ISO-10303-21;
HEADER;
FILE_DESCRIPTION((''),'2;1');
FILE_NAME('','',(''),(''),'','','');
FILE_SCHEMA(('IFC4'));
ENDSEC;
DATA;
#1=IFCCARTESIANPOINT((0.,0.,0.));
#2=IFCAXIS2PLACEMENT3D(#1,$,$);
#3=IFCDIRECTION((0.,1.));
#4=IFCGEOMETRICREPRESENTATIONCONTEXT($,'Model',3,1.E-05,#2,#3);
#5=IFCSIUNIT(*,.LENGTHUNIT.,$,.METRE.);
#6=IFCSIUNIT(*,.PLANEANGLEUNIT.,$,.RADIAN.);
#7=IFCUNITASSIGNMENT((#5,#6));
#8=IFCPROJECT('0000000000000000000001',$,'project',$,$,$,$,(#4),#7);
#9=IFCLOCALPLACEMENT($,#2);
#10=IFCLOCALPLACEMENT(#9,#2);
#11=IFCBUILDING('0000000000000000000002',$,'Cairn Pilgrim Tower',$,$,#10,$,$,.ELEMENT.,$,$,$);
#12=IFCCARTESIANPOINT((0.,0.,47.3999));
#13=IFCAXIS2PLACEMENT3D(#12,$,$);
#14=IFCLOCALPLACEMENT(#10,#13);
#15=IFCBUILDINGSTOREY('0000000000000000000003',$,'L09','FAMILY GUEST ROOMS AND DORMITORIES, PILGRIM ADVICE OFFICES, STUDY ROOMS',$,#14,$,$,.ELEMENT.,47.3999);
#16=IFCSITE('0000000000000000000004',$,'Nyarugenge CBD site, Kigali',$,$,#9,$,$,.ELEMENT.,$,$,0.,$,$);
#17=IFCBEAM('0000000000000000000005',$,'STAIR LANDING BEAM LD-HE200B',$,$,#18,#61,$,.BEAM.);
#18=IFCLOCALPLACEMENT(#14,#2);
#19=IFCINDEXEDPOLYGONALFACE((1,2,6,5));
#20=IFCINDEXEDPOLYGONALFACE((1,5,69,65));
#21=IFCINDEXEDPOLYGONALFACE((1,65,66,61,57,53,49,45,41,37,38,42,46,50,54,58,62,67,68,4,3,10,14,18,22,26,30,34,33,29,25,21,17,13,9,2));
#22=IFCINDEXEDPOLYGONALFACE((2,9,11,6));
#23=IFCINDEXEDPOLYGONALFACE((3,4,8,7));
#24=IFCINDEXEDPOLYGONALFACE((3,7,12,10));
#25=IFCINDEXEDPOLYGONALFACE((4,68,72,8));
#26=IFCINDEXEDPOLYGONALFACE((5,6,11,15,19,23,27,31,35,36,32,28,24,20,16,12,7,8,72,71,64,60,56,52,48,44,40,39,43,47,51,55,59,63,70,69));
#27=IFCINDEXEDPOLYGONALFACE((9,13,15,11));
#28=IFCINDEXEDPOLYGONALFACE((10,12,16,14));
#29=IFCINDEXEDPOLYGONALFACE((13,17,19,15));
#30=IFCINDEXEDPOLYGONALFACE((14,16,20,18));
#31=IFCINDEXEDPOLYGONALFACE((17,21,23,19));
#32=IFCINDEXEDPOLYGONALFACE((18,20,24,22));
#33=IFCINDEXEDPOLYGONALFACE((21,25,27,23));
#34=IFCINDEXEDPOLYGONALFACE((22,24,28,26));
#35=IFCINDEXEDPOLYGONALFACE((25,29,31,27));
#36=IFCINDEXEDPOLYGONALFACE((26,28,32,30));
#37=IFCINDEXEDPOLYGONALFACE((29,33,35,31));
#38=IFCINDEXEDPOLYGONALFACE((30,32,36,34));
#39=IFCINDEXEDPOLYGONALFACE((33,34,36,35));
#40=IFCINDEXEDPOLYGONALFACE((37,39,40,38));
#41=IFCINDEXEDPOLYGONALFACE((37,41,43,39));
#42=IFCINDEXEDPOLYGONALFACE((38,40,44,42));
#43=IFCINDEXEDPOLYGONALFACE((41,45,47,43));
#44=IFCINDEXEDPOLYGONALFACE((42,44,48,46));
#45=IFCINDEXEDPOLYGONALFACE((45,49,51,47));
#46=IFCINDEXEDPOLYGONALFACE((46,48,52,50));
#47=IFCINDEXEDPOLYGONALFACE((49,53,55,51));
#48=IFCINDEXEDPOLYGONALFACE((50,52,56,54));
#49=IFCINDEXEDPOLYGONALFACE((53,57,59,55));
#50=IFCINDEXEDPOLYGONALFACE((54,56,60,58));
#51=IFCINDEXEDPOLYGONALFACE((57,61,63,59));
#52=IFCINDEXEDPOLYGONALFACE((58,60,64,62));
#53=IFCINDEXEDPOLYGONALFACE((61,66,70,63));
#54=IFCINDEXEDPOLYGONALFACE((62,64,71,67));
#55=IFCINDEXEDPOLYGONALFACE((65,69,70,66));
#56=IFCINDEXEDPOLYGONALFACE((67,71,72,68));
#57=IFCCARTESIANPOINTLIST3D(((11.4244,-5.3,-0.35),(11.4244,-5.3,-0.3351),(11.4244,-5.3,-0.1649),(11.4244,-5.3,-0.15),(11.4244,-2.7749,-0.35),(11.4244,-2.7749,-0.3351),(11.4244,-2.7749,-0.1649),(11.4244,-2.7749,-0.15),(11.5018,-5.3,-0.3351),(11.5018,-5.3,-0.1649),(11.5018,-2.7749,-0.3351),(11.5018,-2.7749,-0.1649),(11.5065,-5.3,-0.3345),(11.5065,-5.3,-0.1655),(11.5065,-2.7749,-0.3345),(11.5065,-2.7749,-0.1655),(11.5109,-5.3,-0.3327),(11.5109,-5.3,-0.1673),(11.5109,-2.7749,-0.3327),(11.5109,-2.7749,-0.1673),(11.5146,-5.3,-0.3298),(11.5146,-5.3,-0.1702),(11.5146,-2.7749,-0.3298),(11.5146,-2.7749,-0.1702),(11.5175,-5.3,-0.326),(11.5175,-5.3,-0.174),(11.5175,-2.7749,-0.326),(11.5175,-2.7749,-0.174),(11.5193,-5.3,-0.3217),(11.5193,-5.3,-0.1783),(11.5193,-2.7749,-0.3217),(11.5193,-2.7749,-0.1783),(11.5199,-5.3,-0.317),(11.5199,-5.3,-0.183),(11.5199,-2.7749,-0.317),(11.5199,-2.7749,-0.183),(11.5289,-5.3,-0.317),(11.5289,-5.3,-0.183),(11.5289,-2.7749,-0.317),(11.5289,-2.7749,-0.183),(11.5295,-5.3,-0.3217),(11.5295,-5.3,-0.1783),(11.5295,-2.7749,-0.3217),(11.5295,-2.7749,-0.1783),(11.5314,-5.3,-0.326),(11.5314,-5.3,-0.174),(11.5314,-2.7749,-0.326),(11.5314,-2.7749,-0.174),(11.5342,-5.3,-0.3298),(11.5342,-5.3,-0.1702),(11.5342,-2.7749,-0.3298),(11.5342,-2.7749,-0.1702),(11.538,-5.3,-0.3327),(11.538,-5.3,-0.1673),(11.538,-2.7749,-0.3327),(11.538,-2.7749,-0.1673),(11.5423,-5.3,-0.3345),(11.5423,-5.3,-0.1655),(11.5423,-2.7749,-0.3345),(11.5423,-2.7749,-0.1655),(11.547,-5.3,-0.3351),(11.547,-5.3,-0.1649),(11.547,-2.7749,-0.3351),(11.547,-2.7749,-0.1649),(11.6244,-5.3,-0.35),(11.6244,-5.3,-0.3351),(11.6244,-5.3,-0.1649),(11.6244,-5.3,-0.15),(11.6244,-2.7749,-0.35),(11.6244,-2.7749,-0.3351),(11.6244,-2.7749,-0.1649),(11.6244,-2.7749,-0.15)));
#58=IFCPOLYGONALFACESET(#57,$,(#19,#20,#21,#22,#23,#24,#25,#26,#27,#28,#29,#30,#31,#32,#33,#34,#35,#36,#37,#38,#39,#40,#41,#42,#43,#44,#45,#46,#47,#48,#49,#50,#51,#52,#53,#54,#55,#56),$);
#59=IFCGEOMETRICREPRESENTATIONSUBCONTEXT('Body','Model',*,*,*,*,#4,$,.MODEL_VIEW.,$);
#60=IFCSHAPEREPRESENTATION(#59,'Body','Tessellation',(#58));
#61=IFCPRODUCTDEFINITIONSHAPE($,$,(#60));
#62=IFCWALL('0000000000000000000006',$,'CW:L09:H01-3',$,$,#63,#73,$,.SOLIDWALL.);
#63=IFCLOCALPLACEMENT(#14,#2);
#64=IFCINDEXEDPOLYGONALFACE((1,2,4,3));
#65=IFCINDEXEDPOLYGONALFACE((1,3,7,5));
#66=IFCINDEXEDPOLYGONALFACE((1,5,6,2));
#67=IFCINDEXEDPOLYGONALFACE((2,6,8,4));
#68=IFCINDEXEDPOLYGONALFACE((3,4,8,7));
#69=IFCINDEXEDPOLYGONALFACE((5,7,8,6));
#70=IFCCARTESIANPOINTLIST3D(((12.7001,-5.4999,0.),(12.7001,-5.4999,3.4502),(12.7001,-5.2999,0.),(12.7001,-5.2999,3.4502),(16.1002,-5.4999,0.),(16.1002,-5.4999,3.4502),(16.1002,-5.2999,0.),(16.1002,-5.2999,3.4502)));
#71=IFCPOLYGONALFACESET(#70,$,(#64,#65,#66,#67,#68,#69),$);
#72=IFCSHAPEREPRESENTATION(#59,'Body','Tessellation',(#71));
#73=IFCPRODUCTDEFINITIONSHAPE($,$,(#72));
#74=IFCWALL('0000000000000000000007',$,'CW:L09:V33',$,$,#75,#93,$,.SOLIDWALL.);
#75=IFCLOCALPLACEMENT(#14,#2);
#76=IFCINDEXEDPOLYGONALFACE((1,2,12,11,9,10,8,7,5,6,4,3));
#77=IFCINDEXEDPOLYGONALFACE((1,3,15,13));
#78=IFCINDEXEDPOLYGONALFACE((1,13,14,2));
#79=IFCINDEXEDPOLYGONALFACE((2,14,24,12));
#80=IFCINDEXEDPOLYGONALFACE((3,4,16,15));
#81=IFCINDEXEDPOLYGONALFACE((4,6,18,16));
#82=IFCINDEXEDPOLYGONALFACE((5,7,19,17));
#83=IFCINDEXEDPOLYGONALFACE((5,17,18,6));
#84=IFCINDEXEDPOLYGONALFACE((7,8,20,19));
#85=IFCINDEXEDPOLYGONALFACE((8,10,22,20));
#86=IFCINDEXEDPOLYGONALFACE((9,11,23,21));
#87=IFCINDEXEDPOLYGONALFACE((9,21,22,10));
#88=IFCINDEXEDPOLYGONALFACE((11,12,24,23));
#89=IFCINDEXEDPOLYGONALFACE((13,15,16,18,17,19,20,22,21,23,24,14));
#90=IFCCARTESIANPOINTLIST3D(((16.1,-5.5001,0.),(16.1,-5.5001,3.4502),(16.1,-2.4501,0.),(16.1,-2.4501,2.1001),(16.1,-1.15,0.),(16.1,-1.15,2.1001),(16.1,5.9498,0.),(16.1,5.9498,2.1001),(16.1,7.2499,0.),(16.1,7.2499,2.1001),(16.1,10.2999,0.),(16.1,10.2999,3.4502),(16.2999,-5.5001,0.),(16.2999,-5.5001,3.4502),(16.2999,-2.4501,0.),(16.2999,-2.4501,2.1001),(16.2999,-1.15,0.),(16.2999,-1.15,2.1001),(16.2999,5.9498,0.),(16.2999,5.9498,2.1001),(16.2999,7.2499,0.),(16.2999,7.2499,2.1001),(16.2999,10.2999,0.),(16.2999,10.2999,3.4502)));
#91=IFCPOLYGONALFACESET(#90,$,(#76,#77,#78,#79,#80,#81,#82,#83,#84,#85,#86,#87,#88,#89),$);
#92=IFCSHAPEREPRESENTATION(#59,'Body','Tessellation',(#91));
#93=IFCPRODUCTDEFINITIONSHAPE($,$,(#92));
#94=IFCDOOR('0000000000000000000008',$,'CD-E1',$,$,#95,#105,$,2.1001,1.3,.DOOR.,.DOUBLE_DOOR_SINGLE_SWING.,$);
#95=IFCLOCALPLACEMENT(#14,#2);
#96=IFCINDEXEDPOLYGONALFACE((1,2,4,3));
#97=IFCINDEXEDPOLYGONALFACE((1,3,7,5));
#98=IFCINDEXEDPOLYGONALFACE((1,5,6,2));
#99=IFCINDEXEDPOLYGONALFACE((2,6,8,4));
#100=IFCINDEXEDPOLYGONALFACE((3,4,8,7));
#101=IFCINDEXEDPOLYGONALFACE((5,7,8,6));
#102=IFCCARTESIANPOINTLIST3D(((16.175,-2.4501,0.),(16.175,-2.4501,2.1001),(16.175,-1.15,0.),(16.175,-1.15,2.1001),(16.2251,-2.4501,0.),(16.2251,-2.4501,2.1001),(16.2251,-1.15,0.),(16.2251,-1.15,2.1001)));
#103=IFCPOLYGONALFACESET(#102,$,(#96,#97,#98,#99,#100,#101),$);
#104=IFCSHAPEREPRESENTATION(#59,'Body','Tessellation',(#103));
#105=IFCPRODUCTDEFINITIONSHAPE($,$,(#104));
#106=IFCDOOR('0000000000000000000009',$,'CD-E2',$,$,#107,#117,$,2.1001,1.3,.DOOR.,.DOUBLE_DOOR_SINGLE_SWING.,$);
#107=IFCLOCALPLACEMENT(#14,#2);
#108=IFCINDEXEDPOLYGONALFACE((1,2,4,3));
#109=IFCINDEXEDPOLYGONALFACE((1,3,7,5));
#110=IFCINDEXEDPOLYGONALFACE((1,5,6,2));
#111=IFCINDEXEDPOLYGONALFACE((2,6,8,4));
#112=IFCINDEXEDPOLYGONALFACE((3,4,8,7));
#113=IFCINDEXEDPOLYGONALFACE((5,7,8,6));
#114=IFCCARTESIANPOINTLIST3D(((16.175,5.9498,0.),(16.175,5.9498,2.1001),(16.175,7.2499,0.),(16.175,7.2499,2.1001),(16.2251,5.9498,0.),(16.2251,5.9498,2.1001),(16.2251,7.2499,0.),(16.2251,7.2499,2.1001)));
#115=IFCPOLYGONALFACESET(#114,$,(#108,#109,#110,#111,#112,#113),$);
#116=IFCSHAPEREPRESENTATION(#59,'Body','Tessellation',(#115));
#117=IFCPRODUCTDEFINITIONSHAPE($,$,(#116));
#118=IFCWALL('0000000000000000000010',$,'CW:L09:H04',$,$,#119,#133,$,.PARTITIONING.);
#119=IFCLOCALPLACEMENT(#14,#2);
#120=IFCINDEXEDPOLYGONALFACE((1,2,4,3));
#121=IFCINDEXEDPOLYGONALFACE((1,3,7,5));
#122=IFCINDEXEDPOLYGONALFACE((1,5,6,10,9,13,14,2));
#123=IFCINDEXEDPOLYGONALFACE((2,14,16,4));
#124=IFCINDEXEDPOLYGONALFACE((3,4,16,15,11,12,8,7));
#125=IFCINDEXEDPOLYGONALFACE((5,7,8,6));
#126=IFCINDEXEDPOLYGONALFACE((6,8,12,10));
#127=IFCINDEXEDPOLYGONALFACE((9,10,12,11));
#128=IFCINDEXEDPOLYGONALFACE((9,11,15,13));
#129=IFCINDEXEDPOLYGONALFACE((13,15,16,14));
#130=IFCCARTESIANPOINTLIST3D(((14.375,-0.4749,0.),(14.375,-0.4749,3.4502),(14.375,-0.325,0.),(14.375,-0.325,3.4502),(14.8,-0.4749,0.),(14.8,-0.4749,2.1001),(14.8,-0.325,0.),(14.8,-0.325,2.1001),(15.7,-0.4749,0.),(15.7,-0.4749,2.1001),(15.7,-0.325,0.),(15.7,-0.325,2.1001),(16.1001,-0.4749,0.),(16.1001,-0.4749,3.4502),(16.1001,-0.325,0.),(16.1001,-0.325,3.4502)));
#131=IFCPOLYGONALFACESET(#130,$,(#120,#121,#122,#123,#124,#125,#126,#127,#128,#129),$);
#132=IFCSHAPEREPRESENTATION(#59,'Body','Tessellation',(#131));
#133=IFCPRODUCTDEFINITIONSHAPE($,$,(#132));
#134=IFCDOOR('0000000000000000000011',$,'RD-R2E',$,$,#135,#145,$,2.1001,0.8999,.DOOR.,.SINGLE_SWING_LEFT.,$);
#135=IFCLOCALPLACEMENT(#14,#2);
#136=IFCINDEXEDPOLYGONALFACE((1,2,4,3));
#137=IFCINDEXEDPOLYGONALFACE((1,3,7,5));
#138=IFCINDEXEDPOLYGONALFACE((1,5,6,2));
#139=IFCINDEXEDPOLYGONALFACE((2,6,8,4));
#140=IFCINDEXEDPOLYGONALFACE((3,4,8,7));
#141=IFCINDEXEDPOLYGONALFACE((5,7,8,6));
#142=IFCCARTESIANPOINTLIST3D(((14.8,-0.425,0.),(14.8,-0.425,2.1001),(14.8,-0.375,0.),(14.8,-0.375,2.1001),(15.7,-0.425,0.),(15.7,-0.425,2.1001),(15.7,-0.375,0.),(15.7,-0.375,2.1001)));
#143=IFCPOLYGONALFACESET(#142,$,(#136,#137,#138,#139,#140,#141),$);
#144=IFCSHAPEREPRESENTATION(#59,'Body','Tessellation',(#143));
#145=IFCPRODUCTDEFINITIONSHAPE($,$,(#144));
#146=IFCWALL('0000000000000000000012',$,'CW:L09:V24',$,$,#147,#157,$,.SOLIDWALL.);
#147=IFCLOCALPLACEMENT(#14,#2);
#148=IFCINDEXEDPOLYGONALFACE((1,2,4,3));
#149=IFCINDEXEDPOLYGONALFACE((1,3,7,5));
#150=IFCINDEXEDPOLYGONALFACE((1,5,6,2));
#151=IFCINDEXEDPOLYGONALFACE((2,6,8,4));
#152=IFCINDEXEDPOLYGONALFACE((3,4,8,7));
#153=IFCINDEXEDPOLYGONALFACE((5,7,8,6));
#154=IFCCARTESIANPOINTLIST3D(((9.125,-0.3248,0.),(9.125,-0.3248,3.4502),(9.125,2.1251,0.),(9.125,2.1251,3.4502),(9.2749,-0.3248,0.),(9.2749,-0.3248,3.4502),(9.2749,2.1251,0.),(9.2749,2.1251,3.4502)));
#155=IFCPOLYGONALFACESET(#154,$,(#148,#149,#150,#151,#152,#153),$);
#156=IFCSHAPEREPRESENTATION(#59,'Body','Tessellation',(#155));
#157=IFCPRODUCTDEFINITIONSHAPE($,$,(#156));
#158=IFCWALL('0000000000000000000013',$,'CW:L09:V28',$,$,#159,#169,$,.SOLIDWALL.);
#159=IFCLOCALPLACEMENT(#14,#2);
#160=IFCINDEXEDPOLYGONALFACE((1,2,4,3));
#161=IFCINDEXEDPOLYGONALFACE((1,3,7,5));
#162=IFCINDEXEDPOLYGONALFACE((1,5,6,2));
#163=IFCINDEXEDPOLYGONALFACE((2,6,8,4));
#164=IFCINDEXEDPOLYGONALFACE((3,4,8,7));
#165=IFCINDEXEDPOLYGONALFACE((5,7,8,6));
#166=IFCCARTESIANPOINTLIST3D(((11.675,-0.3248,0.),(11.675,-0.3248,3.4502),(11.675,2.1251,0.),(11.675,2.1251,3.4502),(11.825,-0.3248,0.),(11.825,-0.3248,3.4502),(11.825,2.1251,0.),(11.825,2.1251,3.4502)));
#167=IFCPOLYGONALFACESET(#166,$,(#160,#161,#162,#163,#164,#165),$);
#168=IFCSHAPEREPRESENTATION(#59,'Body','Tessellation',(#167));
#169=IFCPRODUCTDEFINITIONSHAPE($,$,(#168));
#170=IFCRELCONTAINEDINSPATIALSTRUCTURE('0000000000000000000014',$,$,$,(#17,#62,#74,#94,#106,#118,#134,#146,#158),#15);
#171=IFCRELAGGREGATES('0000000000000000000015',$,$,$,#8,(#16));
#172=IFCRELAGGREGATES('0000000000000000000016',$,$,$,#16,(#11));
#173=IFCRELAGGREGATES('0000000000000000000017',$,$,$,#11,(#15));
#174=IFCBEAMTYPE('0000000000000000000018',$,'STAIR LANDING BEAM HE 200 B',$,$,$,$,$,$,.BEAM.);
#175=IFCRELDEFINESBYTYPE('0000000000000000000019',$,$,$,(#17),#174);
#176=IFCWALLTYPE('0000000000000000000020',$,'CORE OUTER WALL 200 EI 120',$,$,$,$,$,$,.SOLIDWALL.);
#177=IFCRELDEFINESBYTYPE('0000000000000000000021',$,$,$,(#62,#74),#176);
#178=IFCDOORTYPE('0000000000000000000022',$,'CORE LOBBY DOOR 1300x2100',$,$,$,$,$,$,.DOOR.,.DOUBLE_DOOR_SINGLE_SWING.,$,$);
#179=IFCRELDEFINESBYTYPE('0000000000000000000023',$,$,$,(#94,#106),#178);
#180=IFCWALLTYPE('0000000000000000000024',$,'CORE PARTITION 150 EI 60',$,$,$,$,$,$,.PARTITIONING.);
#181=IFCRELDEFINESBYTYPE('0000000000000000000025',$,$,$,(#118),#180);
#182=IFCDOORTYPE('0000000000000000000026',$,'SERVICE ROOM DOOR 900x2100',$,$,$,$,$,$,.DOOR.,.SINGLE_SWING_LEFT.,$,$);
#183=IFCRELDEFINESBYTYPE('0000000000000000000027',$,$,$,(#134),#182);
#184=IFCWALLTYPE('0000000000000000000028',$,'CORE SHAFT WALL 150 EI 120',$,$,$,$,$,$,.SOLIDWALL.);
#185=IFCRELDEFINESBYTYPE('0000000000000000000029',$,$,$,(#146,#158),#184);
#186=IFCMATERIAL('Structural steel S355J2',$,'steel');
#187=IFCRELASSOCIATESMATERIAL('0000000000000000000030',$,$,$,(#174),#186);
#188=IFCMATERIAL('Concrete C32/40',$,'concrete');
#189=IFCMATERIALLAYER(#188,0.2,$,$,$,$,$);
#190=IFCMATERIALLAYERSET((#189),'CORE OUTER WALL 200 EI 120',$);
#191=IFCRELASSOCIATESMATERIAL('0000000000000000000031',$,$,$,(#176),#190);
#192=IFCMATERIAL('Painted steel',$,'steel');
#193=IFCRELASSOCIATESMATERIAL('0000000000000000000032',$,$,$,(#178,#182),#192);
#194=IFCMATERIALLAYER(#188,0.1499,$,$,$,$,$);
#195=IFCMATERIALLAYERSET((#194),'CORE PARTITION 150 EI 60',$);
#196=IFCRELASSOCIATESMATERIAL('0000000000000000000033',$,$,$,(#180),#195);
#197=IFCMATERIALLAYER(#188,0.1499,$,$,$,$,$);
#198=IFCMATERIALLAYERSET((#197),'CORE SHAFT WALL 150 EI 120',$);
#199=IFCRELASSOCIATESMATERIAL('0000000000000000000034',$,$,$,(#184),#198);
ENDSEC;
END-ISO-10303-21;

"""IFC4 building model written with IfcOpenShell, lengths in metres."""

from ifc_helpers import new_model, si_unit, direction, frame, frame_2d, origin, origin_2d, place, context, subcontext, project, spatial, rectangle, i_section, extrude, material, layer, layer_set, material_profile, profile_set, type_object, element, fill, save


model = new_model("IFC4")

# Units and contexts
model_context = context("Model", 3, precision=1e-05, world=origin(), true_north=direction((0.0, 1.0)))
body_context = subcontext(model_context, "Body", "Model", "MODEL_VIEW")
ifc_project = project(units=[si_unit("LENGTHUNIT", "METRE"), si_unit("PLANEANGLEUNIT", "RADIAN")], contexts=[model_context])

# Site, building, storey
site_placement = place(None, origin())
site = spatial("IfcSite", under=ifc_project, at=site_placement, Name="Nyarugenge CBD site, Kigali", CompositionType="ELEMENT", RefElevation=0.0)
building_placement = place(site_placement, origin())
building = spatial("IfcBuilding", under=site, at=building_placement, Name="Cairn Pilgrim Tower", CompositionType="ELEMENT")
storey_placement = place(building_placement, frame((0.0, 0.0, 47.3999)))
storey = spatial("IfcBuildingStorey", under=building, at=storey_placement, Name="L09", Description="FAMILY GUEST ROOMS AND DORMITORIES, PILGRIM ADVICE OFFICES, STUDY ROOMS", CompositionType="ELEMENT", Elevation=47.3999)

# Beam
ifc_material_1 = material(Name="Structural steel S355J2", Category="steel")
ifc_material_profile = material_profile(ifc_material_1, i_section(OverallWidth=0.2, OverallDepth=0.2, WebThickness=0.009, FlangeThickness=0.0149, FilletRadius=0.0181, at=origin_2d()), Name="HE 200 B")
ifc_profile_set = profile_set([ifc_material_profile], Name="Structural steel S355J2")
beam_type = type_object("IfcBeamType", Name="STAIR LANDING BEAM HE 200 B", PredefinedType="BEAM", material=ifc_profile_set)
beam_placement = place(storey_placement, frame((11.5244, -2.7749, -0.25), z_axis=(0.0, -1.0, 0.0), x_axis=(1.0, 0.0, 0.0)))
element("IfcBeam", 1, at=beam_placement, inside=storey, type_object=beam_type, Name="STAIR LANDING BEAM LD-HE200B", PredefinedType="BEAM", context=body_context, shape_type="SweptSolid", body=[
    extrude(i_section(OverallWidth=0.2, OverallDepth=0.2, WebThickness=0.009, FlangeThickness=0.0149, FilletRadius=0.0181, at=origin_2d()), origin(), (0.0, 0.0, 1.0), 2.5251),
])

# Wall
ifc_material_2 = material(Name="Concrete C32/40", Category="concrete")
ifc_layer_1 = layer(ifc_material_2, 0.2)
ifc_layer_set_1 = layer_set([ifc_layer_1], Name="CORE OUTER WALL 200 EI 120")
wall_type_1 = type_object("IfcWallType", Name="CORE OUTER WALL 200 EI 120", PredefinedType="SOLIDWALL", material=ifc_layer_set_1)
wall_1_placement = place(storey_placement, frame((12.7, -5.3999, 0.0), z_axis=(0.0, 0.0, 1.0), x_axis=(1.0, 0.0, 0.0)))
element("IfcWall", 2, at=wall_1_placement, inside=storey, type_object=wall_type_1, Name="CW:L09:H01-3", PredefinedType="SOLIDWALL", context=body_context, shape_type="SweptSolid", body=[
    extrude(rectangle(XDim=3.4001, YDim=0.2, at=frame_2d((1.7002, 0.0))), origin(), (0.0, 0.0, 1.0), 3.4502),
])

# Wall, openings, doors
wall_2_placement = place(storey_placement, frame((16.2, -5.5, 0.0), z_axis=(0.0, 0.0, 1.0), x_axis=(0.0, 1.0, 0.0)))
wall_2 = element("IfcWall", 3, at=wall_2_placement, inside=storey, type_object=wall_type_1, Name="CW:L09:V33", PredefinedType="SOLIDWALL", context=body_context, shape_type="SweptSolid", body=[
    extrude(rectangle(XDim=15.8, YDim=0.2, at=frame_2d((7.8999, 0.0))), origin(), (0.0, 0.0, 1.0), 3.4502),
])
opening_1_placement = place(wall_2_placement, frame((3.05, 0.0, 0.0)))
opening_1 = element("IfcOpeningElement", 4, at=opening_1_placement, cuts=wall_2, PredefinedType="OPENING", context=body_context, shape_type="SweptSolid", body=[
    extrude(rectangle(XDim=1.3, YDim=2.1001, at=frame_2d((0.6499, 1.05))), frame((0.0, 0.1099, 0.0), z_axis=(0.0, -1.0, 0.0), x_axis=(1.0, 0.0, 0.0)), (0.0, 0.0, 1.0), 0.22),
])
opening_2_placement = place(wall_2_placement, frame((11.45, 0.0, 0.0)))
opening_2 = element("IfcOpeningElement", 5, at=opening_2_placement, cuts=wall_2, PredefinedType="OPENING", context=body_context, shape_type="SweptSolid", body=[
    extrude(rectangle(XDim=1.3, YDim=2.1001, at=frame_2d((0.6499, 1.05))), frame((0.0, 0.1099, 0.0), z_axis=(0.0, -1.0, 0.0), x_axis=(1.0, 0.0, 0.0)), (0.0, 0.0, 1.0), 0.22),
])
ifc_material_3 = material(Name="Painted steel", Category="steel")
door_type_1 = type_object("IfcDoorType", Name="CORE LOBBY DOOR 1300x2100", OperationType="DOUBLE_DOOR_SINGLE_SWING", PredefinedType="DOOR", material=ifc_material_3)
door_1_placement = place(opening_1_placement, origin())
door_1 = element("IfcDoor", 6, at=door_1_placement, inside=storey, type_object=door_type_1, Name="CD-E1", OperationType="DOUBLE_DOOR_SINGLE_SWING", OverallHeight=2.1001, OverallWidth=1.3, PredefinedType="DOOR", context=body_context, shape_type="SweptSolid", body=[
    extrude(rectangle(XDim=1.3, YDim=2.1001, at=frame_2d((0.6499, 1.05))), frame((0.0, 0.0249, 0.0), z_axis=(0.0, -1.0, 0.0), x_axis=(1.0, 0.0, 0.0)), (0.0, 0.0, 1.0), 0.05),
])
fill(opening_1, door_1)
door_2_placement = place(opening_2_placement, origin())
door_2 = element("IfcDoor", 7, at=door_2_placement, inside=storey, type_object=door_type_1, Name="CD-E2", OperationType="DOUBLE_DOOR_SINGLE_SWING", OverallHeight=2.1001, OverallWidth=1.3, PredefinedType="DOOR", context=body_context, shape_type="SweptSolid", body=[
    extrude(rectangle(XDim=1.3, YDim=2.1001, at=frame_2d((0.6499, 1.05))), frame((0.0, 0.0249, 0.0), z_axis=(0.0, -1.0, 0.0), x_axis=(1.0, 0.0, 0.0)), (0.0, 0.0, 1.0), 0.05),
])
fill(opening_2, door_2)

# Wall, opening, door
ifc_layer_2 = layer(ifc_material_2, 0.1499)
ifc_layer_set_2 = layer_set([ifc_layer_2], Name="CORE PARTITION 150 EI 60")
wall_type_2 = type_object("IfcWallType", Name="CORE PARTITION 150 EI 60", PredefinedType="PARTITIONING", material=ifc_layer_set_2)
wall_3_placement = place(storey_placement, frame((14.375, -0.3999, 0.0), z_axis=(0.0, 0.0, 1.0), x_axis=(1.0, 0.0, 0.0)))
wall_3 = element("IfcWall", 8, at=wall_3_placement, inside=storey, type_object=wall_type_2, Name="CW:L09:H04", PredefinedType="PARTITIONING", context=body_context, shape_type="SweptSolid", body=[
    extrude(rectangle(XDim=1.7251, YDim=0.1499, at=frame_2d((0.8625, 0.0))), origin(), (0.0, 0.0, 1.0), 3.4502),
])
opening_3_placement = place(wall_3_placement, frame((0.425, 0.0, 0.0)))
opening_3 = element("IfcOpeningElement", 9, at=opening_3_placement, cuts=wall_3, PredefinedType="OPENING", context=body_context, shape_type="SweptSolid", body=[
    extrude(rectangle(XDim=0.8999, YDim=2.1001, at=frame_2d((0.45, 1.05))), frame((0.0, 0.085, 0.0), z_axis=(0.0, -1.0, 0.0), x_axis=(1.0, 0.0, 0.0)), (0.0, 0.0, 1.0), 0.1699),
])
door_type_2 = type_object("IfcDoorType", Name="SERVICE ROOM DOOR 900x2100", OperationType="SINGLE_SWING_LEFT", PredefinedType="DOOR", material=ifc_material_3)
door_3_placement = place(opening_3_placement, origin())
door_3 = element("IfcDoor", 10, at=door_3_placement, inside=storey, type_object=door_type_2, Name="RD-R2E", OperationType="SINGLE_SWING_LEFT", OverallHeight=2.1001, OverallWidth=0.8999, PredefinedType="DOOR", context=body_context, shape_type="SweptSolid", body=[
    extrude(rectangle(XDim=0.8999, YDim=2.1001, at=frame_2d((0.45, 1.05))), frame((0.0, 0.0249, 0.0), z_axis=(0.0, -1.0, 0.0), x_axis=(1.0, 0.0, 0.0)), (0.0, 0.0, 1.0), 0.05),
])
fill(opening_3, door_3)

# Walls
ifc_layer_3 = layer(ifc_material_2, 0.1499)
ifc_layer_set_3 = layer_set([ifc_layer_3], Name="CORE SHAFT WALL 150 EI 120")
wall_type_3 = type_object("IfcWallType", Name="CORE SHAFT WALL 150 EI 120", PredefinedType="SOLIDWALL", material=ifc_layer_set_3)
for number, where, z_axis, x_axis, name in (
    (11, (9.2, -0.325, 0.0), (0.0, 0.0, 1.0), (0.0, 1.0, 0.0), "CW:L09:V24"),
    (12, (11.75, -0.325, 0.0), (0.0, 0.0, 1.0), (0.0, 1.0, 0.0), "CW:L09:V28"),
):
    element("IfcWall", number, at=place(storey_placement, frame(where, z_axis=z_axis, x_axis=x_axis)), inside=storey, type_object=wall_type_3, Name=name, PredefinedType="SOLIDWALL", context=body_context, shape_type="SweptSolid", body=[
        extrude(rectangle(XDim=2.45, YDim=0.1499, at=frame_2d((1.2251, 0.0))), origin(), (0.0, 0.0, 1.0), 3.4502),
    ])

save(model, "model.ifc")
